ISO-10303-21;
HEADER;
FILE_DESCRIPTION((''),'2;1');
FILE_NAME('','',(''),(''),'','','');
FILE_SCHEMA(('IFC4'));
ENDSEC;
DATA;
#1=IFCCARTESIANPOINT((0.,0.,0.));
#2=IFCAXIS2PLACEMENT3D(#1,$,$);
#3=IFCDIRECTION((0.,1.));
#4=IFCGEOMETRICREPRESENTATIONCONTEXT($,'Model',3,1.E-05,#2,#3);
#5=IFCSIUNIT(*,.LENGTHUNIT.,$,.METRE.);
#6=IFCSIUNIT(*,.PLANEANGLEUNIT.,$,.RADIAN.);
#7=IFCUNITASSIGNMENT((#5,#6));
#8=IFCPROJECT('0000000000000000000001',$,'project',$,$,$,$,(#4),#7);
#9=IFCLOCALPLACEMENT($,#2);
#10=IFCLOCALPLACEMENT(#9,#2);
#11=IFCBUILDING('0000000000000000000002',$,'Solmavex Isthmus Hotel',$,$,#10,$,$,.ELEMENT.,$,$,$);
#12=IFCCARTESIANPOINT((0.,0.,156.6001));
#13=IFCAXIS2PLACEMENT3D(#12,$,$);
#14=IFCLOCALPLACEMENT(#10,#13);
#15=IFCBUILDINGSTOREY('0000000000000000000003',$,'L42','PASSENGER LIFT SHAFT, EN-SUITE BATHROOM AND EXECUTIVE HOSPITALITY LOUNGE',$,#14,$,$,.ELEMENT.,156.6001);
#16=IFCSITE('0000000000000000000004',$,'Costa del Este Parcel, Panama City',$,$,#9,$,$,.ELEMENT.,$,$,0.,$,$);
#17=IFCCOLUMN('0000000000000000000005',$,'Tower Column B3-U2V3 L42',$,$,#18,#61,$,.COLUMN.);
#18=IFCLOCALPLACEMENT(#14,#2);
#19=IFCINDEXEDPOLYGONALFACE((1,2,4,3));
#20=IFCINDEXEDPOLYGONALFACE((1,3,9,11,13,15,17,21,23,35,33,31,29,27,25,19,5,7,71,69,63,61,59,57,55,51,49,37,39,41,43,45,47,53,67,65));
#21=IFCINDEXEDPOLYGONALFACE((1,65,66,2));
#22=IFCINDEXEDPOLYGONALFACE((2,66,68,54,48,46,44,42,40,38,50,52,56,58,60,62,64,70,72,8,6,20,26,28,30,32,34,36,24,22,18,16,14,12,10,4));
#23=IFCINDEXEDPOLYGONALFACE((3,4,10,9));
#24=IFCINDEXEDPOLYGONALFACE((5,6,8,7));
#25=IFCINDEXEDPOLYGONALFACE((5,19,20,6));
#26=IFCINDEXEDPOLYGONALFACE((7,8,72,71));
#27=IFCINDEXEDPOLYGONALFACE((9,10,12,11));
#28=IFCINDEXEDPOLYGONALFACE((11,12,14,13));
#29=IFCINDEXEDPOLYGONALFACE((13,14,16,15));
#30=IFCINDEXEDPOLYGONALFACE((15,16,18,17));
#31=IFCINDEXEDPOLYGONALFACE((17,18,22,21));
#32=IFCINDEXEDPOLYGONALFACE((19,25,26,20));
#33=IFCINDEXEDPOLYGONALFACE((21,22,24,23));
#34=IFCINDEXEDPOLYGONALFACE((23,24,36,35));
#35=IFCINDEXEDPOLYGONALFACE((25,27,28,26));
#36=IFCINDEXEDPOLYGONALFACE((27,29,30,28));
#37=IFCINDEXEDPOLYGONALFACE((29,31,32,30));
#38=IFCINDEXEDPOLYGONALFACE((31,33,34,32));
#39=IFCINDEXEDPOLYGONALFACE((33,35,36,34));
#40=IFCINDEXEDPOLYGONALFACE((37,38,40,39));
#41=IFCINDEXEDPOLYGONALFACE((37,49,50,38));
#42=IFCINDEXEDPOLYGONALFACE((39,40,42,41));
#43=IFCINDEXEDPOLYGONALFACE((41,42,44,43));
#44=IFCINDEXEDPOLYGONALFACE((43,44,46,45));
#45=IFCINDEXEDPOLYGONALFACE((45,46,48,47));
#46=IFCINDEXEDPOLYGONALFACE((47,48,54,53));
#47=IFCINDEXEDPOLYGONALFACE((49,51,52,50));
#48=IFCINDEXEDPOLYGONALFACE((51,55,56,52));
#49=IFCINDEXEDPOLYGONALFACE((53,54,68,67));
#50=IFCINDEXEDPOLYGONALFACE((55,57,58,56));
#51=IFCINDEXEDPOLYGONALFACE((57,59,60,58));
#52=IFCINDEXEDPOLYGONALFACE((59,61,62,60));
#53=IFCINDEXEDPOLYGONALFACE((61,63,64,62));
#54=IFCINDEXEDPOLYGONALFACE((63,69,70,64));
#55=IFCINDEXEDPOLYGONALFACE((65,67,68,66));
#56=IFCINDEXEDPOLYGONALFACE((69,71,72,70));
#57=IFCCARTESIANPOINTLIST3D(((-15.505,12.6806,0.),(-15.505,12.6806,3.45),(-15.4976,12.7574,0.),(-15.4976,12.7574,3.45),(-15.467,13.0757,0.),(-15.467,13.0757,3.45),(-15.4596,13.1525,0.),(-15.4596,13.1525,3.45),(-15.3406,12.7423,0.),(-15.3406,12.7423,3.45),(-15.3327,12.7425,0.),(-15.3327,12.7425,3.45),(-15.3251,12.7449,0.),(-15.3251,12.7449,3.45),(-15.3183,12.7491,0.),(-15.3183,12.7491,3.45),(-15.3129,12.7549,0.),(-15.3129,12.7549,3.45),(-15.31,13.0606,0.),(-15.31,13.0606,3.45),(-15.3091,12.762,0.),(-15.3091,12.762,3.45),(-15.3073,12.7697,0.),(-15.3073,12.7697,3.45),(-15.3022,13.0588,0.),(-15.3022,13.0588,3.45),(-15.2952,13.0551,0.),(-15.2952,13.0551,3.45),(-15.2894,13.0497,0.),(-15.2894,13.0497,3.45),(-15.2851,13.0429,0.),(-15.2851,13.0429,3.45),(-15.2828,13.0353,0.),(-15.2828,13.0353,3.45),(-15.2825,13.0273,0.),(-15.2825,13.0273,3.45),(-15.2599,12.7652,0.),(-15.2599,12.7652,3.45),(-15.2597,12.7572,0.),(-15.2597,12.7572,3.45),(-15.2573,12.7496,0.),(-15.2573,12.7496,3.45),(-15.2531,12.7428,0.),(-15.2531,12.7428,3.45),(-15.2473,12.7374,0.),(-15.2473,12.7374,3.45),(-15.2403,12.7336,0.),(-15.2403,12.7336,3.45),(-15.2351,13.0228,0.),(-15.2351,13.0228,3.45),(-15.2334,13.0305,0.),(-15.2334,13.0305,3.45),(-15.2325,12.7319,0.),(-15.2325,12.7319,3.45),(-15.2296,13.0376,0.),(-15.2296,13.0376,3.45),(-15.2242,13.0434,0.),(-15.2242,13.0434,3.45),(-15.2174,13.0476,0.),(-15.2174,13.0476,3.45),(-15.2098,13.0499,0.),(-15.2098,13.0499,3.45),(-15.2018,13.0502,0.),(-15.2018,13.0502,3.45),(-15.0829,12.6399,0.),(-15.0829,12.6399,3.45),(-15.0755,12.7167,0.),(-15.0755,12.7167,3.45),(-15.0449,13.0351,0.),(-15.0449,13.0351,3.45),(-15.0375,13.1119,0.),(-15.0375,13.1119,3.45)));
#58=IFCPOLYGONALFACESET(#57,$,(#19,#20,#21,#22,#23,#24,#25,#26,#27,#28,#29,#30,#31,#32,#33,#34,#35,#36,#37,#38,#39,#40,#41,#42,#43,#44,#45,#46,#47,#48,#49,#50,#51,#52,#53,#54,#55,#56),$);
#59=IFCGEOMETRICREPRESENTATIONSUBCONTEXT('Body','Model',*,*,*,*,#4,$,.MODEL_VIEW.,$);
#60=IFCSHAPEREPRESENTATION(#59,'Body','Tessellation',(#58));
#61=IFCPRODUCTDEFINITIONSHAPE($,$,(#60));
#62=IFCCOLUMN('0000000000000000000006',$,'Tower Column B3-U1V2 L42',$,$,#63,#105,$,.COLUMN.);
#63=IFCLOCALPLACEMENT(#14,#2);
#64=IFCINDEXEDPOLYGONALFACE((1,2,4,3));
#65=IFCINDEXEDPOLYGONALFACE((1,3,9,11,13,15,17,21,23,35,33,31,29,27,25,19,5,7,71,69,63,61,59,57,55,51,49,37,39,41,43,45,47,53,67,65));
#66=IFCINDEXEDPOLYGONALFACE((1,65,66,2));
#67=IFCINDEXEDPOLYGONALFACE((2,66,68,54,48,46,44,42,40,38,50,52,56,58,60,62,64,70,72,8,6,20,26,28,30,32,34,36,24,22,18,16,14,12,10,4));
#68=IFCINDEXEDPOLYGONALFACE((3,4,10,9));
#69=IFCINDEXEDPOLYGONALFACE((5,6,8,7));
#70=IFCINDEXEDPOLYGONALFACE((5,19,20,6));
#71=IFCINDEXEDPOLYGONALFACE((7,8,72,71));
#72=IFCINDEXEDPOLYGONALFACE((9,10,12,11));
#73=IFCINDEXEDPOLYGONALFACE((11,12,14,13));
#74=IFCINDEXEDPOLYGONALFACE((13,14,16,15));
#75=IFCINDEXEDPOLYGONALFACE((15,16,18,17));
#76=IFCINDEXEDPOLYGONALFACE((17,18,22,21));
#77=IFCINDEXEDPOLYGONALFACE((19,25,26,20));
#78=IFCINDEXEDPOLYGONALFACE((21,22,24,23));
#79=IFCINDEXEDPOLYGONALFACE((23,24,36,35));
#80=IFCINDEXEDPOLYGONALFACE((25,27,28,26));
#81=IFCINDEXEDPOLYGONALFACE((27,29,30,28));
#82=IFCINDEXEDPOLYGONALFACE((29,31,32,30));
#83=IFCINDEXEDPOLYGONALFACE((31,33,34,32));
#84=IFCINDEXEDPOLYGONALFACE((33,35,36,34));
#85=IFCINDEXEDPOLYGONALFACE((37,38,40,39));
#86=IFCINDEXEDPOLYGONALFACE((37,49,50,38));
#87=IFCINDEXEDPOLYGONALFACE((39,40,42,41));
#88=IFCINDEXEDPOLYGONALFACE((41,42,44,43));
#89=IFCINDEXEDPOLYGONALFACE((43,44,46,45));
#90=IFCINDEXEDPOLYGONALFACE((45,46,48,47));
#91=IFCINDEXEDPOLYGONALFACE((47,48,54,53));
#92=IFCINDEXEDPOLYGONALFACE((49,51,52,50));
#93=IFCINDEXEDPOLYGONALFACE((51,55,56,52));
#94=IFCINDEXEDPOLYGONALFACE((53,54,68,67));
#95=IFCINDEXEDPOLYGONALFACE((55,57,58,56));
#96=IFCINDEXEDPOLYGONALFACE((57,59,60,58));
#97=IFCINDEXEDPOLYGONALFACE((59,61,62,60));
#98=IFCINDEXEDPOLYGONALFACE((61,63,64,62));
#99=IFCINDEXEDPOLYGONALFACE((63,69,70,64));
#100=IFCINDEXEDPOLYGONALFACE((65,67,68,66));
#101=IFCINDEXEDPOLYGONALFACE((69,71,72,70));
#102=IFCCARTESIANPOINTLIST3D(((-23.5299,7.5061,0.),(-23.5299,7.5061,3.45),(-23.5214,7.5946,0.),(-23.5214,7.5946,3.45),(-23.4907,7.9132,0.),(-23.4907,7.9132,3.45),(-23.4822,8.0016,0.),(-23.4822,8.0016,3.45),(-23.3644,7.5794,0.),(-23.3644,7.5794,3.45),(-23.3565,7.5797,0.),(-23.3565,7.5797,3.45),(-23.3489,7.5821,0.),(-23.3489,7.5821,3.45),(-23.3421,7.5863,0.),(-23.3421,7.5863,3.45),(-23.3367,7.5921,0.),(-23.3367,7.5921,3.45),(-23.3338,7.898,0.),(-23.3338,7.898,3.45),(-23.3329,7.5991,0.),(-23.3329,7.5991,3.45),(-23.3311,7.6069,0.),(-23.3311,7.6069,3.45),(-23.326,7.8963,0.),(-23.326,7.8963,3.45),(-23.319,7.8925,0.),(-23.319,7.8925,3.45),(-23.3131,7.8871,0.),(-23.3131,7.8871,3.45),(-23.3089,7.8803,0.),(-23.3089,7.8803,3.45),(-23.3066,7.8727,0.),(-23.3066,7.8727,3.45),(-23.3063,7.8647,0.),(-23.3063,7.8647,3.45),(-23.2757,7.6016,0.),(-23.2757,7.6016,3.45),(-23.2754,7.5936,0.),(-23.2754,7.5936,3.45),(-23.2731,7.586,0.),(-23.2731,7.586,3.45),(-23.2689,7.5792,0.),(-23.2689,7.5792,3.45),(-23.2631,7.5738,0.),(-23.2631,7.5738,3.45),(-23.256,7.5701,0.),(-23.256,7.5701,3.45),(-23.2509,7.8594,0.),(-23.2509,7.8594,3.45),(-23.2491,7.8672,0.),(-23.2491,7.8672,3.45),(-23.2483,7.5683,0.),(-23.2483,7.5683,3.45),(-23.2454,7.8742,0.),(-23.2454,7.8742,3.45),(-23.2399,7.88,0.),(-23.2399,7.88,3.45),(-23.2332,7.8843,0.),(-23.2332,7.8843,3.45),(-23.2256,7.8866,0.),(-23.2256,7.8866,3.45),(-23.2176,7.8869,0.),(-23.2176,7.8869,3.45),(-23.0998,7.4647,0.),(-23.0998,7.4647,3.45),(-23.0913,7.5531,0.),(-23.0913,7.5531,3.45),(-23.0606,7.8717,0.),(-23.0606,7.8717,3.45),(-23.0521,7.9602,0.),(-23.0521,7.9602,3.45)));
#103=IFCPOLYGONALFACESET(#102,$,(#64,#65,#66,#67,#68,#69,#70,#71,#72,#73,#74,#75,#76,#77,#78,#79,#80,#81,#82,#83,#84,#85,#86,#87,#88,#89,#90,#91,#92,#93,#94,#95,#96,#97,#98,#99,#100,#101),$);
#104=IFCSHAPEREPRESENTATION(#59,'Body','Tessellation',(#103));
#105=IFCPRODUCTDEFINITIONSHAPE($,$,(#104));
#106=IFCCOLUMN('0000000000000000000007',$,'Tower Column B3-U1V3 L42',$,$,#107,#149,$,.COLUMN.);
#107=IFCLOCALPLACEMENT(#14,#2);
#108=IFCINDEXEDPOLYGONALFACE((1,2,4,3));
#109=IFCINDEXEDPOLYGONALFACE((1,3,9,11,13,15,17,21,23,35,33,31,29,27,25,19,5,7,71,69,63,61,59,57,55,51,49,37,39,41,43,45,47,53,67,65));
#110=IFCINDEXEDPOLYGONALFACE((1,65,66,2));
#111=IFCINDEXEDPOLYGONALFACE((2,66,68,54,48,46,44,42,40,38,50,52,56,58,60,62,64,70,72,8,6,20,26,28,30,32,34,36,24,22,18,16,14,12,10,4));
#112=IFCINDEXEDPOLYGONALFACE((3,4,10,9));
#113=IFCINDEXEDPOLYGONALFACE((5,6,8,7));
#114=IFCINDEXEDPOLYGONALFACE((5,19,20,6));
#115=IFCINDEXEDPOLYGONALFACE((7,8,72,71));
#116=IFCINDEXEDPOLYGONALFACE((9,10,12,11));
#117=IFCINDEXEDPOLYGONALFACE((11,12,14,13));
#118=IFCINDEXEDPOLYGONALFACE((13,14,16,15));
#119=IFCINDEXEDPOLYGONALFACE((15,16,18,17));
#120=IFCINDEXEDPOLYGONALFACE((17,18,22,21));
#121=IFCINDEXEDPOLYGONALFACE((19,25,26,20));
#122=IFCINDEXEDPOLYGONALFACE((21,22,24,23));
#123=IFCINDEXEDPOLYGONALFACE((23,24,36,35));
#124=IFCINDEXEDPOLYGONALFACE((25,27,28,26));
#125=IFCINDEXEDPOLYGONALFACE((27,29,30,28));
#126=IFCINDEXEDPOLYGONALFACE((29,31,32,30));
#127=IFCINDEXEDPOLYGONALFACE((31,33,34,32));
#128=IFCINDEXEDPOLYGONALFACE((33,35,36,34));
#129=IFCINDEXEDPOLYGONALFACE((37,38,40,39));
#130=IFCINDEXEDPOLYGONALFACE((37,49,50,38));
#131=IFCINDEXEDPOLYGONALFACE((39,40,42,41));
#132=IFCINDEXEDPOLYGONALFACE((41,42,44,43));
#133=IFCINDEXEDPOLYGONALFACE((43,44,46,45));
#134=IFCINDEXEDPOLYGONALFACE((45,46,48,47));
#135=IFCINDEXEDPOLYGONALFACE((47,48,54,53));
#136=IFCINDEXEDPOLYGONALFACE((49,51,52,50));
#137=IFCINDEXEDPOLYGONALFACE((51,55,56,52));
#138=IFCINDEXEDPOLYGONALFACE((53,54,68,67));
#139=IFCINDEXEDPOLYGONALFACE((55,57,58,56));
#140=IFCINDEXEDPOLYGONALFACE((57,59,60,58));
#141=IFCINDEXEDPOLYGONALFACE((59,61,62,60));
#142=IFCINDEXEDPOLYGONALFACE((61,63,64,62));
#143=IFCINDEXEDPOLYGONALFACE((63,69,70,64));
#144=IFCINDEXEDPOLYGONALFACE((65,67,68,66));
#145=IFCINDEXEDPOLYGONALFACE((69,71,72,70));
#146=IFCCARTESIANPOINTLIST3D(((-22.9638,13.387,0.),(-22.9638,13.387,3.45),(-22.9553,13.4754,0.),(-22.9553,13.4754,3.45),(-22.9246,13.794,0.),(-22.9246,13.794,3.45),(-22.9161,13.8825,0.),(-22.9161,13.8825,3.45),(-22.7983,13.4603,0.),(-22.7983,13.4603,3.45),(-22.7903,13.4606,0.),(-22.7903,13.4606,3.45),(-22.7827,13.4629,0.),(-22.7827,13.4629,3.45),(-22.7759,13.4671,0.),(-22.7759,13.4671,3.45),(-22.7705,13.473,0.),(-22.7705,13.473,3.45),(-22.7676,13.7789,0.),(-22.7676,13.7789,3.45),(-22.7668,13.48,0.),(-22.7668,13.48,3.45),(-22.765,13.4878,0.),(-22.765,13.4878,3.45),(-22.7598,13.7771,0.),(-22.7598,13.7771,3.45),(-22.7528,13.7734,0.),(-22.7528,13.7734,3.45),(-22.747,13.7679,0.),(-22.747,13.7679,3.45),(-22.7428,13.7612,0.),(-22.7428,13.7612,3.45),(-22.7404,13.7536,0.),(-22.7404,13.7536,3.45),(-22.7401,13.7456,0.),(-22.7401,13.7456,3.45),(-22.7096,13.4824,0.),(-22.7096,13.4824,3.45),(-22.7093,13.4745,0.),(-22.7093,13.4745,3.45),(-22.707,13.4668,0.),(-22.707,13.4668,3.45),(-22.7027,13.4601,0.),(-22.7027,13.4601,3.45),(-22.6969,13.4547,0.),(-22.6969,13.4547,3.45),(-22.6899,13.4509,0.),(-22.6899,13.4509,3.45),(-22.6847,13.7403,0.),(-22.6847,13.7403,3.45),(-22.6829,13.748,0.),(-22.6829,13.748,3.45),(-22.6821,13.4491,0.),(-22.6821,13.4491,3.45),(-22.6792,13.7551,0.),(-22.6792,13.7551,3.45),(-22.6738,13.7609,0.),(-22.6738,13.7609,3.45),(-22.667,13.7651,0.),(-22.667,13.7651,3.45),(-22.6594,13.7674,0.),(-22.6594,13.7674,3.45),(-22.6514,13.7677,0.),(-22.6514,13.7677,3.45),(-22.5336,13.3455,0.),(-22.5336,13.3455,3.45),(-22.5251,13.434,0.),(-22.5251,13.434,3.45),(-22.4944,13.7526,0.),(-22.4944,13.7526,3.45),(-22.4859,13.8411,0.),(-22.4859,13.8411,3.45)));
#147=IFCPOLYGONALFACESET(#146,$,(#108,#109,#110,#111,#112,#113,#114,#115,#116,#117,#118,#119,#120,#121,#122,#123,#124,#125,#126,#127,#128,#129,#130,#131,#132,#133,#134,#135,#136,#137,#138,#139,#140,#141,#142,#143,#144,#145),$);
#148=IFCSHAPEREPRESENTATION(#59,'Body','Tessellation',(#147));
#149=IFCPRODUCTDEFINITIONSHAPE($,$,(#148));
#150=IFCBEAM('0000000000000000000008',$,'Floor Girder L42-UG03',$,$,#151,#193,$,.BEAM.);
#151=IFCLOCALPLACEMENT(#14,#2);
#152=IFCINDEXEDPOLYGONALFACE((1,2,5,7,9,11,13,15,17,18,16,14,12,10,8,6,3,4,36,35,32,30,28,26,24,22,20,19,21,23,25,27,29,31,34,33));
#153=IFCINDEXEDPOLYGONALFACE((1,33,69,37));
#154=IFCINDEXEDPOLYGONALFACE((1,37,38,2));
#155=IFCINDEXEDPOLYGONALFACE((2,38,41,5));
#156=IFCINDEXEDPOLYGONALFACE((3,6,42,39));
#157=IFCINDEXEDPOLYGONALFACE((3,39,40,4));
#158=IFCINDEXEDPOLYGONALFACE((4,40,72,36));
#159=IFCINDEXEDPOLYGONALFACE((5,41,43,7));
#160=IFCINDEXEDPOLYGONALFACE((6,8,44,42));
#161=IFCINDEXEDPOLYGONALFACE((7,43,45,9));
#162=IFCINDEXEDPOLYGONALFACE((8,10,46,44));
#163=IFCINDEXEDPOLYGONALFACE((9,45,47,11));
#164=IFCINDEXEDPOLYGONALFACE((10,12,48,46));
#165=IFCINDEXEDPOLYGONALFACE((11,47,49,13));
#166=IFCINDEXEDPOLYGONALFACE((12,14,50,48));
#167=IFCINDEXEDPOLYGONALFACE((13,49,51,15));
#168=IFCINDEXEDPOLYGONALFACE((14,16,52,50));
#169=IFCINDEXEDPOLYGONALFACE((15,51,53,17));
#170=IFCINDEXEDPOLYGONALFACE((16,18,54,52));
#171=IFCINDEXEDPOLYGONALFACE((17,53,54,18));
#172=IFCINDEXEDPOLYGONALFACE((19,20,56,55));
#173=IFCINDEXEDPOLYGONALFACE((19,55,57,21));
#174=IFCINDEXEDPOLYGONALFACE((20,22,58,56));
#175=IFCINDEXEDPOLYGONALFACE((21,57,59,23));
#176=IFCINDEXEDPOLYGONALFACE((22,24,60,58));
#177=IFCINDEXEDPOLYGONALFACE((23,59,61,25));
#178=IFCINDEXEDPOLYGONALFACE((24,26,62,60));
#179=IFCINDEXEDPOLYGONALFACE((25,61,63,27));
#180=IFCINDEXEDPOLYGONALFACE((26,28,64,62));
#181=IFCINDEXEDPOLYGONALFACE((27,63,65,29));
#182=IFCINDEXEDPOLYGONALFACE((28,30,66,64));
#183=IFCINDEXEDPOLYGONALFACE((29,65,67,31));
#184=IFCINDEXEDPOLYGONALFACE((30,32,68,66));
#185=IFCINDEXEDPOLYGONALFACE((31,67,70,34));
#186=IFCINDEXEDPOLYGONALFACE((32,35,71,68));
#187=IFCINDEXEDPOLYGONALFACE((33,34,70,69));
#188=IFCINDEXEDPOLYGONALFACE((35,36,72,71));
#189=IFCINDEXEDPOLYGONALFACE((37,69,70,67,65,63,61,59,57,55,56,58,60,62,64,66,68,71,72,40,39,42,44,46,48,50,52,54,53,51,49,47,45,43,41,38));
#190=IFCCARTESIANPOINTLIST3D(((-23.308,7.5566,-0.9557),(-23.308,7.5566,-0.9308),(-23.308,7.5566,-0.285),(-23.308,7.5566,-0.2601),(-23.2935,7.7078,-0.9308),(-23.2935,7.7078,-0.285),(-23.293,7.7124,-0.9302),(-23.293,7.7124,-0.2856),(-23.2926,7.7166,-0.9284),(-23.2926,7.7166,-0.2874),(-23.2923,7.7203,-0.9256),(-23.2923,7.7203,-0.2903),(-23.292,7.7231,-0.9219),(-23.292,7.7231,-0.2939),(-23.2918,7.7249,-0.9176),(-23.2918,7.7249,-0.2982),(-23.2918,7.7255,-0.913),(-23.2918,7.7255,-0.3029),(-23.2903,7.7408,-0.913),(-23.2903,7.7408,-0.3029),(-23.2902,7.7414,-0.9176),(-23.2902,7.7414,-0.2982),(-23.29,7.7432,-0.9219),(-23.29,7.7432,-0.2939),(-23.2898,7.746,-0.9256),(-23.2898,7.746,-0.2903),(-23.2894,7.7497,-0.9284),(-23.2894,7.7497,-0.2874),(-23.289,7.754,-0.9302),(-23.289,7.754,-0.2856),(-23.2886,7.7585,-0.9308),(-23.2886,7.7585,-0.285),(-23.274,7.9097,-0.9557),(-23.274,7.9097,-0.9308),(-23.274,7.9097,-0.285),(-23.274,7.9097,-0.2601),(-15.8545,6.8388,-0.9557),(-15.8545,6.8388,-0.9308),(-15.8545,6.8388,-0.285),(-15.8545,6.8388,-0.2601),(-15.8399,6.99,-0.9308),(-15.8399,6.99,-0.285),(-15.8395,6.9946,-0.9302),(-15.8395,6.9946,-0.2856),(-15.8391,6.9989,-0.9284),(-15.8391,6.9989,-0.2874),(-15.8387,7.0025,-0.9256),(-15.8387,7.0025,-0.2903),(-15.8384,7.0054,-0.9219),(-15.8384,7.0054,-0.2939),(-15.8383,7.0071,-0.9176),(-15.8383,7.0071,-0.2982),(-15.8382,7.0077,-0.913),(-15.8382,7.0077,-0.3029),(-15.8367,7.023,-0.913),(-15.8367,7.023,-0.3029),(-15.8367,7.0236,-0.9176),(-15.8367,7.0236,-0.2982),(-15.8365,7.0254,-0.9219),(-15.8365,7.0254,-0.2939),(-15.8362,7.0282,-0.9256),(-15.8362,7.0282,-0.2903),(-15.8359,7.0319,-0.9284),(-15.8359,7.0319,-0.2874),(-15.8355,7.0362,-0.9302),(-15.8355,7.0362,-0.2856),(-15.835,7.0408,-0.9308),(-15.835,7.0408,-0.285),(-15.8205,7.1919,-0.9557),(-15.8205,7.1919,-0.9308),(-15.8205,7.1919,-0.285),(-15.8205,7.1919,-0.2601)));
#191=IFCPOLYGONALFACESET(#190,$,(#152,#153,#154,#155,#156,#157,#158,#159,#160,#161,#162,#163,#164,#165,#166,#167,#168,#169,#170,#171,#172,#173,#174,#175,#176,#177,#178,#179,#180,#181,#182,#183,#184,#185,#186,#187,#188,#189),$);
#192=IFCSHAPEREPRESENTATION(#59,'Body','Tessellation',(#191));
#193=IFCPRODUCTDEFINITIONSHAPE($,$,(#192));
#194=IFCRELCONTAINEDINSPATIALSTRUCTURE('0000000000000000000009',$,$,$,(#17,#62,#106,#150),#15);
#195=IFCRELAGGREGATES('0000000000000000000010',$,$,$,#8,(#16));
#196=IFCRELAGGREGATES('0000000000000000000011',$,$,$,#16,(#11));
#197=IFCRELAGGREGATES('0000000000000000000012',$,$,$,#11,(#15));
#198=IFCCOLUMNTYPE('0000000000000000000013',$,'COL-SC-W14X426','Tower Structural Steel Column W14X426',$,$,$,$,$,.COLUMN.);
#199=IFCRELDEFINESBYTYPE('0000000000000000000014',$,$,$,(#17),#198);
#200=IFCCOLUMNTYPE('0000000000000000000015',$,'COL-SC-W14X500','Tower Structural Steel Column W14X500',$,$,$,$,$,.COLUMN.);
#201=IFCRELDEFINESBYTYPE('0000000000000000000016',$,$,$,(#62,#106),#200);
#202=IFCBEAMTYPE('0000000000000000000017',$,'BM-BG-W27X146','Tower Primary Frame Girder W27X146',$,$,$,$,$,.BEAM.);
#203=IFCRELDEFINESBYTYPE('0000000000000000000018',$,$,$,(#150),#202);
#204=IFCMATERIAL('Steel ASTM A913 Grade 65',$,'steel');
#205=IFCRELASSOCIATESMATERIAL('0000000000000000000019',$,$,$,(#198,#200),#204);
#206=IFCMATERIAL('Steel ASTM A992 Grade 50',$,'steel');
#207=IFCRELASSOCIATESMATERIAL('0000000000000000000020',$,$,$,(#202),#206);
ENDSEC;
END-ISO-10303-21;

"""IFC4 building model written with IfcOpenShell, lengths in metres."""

from ifc_helpers import new_model, si_unit, direction, frame, origin, origin_2d, place, context, subcontext, project, spatial, i_section, extrude, material, material_profile, profile_set, type_object, element, save


model = new_model("IFC4")

# Units and contexts
model_context = context("Model", 3, precision=1e-05, world=origin(), true_north=direction((0.0, 1.0)))
body_context = subcontext(model_context, "Body", "Model", "MODEL_VIEW")
ifc_project = project(units=[si_unit("LENGTHUNIT", "METRE"), si_unit("PLANEANGLEUNIT", "RADIAN")], contexts=[model_context])

# Site, building, storey
site_placement = place(None, origin())
site = spatial("IfcSite", under=ifc_project, at=site_placement, Name="Costa del Este Parcel, Panama City", CompositionType="ELEMENT", RefElevation=0.0)
building_placement = place(site_placement, origin())
building = spatial("IfcBuilding", under=site, at=building_placement, Name="Solmavex Isthmus Hotel", CompositionType="ELEMENT")
storey_placement = place(building_placement, frame((0.0, 0.0, 156.6001)))
storey = spatial("IfcBuildingStorey", under=building, at=storey_placement, Name="L42", Description="PASSENGER LIFT SHAFT, EN-SUITE BATHROOM AND EXECUTIVE HOSPITALITY LOUNGE", CompositionType="ELEMENT", Elevation=156.6001)

# Columns
ifc_material_1 = material(Name="Steel ASTM A913 Grade 65", Category="steel")
ifc_material_profile_1 = material_profile(ifc_material_1, i_section(OverallWidth=0.4241, OverallDepth=0.4741, WebThickness=0.0476, FlangeThickness=0.0771, FilletRadius=0.0305, at=origin_2d()), Name="W14X426")
ifc_profile_set_1 = profile_set([ifc_material_profile_1], Name="Steel ASTM A913 Grade 65")
column_type_1 = type_object("IfcColumnType", Name="COL-SC-W14X426", Description="Tower Structural Steel Column W14X426", PredefinedType="COLUMN", material=ifc_profile_set_1)
column_placement = place(storey_placement, frame((-15.2712, 12.8962, 0.0), z_axis=(0.0, 0.0, 1.0), x_axis=(0.995396, -0.095846, 0.0)))
element("IfcColumn", 1, at=column_placement, inside=storey, type_object=column_type_1, Name="Tower Column B3-U2V3 L42", PredefinedType="COLUMN", context=body_context, shape_type="SweptSolid", body=[
    extrude(i_section(OverallWidth=0.4241, OverallDepth=0.4741, WebThickness=0.0476, FlangeThickness=0.0771, FilletRadius=0.0305, at=origin_2d()), origin(), (0.0, 0.0, 1.0), 3.45),
])
ifc_material_profile_2 = material_profile(ifc_material_1, i_section(OverallWidth=0.4321, OverallDepth=0.4978, WebThickness=0.0557, FlangeThickness=0.0889, FilletRadius=0.0305, at=origin_2d()), Name="W14X500")
ifc_profile_set_2 = profile_set([ifc_material_profile_2], Name="Steel ASTM A913 Grade 65")
column_type_2 = type_object("IfcColumnType", Name="COL-SC-W14X500", Description="Tower Structural Steel Column W14X500", PredefinedType="COLUMN", material=ifc_profile_set_2)
for number, where, z_axis, x_axis, name in (
    (2, (-23.291, 7.7332, 0.0), (0.0, 0.0, 1.0), (0.995396, -0.095846, 0.0), "Tower Column B3-U1V2 L42"),
    (3, (-22.7249, 13.614, 0.0), (0.0, 0.0, 1.0), (0.995396, -0.095846, 0.0), "Tower Column B3-U1V3 L42"),
):
    element("IfcColumn", number, at=place(storey_placement, frame(where, z_axis=z_axis, x_axis=x_axis)), inside=storey, type_object=column_type_2, Name=name, PredefinedType="COLUMN", context=body_context, shape_type="SweptSolid", body=[
        extrude(i_section(OverallWidth=0.4321, OverallDepth=0.4978, WebThickness=0.0557, FlangeThickness=0.0889, FilletRadius=0.0305, at=origin_2d()), origin(), (0.0, 0.0, 1.0), 3.45),
    ])

# Beam
ifc_material_2 = material(Name="Steel ASTM A992 Grade 50", Category="steel")
ifc_material_profile_3 = material_profile(ifc_material_2, i_section(OverallWidth=0.3547, OverallDepth=0.6956, WebThickness=0.0154, FlangeThickness=0.0249, FilletRadius=0.0178, at=origin_2d()), Name="W27X146")
ifc_profile_set_3 = profile_set([ifc_material_profile_3], Name="Steel ASTM A992 Grade 50")
beam_type_1 = type_object("IfcBeamType", Name="BM-BG-W27X146", Description="Tower Primary Frame Girder W27X146", PredefinedType="BEAM", material=ifc_profile_set_3)
for number, where, z_axis, x_axis, name in (
    (4, (-23.291, 7.7332, -0.6079), (0.995395, -0.095855, 0.0), (0.095855, 0.995395, 0.0), "Floor Girder L42-UG03"),
):
    element("IfcBeam", number, at=place(storey_placement, frame(where, z_axis=z_axis, x_axis=x_axis)), inside=storey, type_object=beam_type_1, Name=name, PredefinedType="BEAM", context=body_context, shape_type="SweptSolid", body=[
        extrude(i_section(OverallWidth=0.3547, OverallDepth=0.6956, WebThickness=0.0154, FlangeThickness=0.0249, FilletRadius=0.0178, at=origin_2d()), origin(), (0.0, 0.0, 1.0), 7.488),
    ])

save(model, "model.ifc")
